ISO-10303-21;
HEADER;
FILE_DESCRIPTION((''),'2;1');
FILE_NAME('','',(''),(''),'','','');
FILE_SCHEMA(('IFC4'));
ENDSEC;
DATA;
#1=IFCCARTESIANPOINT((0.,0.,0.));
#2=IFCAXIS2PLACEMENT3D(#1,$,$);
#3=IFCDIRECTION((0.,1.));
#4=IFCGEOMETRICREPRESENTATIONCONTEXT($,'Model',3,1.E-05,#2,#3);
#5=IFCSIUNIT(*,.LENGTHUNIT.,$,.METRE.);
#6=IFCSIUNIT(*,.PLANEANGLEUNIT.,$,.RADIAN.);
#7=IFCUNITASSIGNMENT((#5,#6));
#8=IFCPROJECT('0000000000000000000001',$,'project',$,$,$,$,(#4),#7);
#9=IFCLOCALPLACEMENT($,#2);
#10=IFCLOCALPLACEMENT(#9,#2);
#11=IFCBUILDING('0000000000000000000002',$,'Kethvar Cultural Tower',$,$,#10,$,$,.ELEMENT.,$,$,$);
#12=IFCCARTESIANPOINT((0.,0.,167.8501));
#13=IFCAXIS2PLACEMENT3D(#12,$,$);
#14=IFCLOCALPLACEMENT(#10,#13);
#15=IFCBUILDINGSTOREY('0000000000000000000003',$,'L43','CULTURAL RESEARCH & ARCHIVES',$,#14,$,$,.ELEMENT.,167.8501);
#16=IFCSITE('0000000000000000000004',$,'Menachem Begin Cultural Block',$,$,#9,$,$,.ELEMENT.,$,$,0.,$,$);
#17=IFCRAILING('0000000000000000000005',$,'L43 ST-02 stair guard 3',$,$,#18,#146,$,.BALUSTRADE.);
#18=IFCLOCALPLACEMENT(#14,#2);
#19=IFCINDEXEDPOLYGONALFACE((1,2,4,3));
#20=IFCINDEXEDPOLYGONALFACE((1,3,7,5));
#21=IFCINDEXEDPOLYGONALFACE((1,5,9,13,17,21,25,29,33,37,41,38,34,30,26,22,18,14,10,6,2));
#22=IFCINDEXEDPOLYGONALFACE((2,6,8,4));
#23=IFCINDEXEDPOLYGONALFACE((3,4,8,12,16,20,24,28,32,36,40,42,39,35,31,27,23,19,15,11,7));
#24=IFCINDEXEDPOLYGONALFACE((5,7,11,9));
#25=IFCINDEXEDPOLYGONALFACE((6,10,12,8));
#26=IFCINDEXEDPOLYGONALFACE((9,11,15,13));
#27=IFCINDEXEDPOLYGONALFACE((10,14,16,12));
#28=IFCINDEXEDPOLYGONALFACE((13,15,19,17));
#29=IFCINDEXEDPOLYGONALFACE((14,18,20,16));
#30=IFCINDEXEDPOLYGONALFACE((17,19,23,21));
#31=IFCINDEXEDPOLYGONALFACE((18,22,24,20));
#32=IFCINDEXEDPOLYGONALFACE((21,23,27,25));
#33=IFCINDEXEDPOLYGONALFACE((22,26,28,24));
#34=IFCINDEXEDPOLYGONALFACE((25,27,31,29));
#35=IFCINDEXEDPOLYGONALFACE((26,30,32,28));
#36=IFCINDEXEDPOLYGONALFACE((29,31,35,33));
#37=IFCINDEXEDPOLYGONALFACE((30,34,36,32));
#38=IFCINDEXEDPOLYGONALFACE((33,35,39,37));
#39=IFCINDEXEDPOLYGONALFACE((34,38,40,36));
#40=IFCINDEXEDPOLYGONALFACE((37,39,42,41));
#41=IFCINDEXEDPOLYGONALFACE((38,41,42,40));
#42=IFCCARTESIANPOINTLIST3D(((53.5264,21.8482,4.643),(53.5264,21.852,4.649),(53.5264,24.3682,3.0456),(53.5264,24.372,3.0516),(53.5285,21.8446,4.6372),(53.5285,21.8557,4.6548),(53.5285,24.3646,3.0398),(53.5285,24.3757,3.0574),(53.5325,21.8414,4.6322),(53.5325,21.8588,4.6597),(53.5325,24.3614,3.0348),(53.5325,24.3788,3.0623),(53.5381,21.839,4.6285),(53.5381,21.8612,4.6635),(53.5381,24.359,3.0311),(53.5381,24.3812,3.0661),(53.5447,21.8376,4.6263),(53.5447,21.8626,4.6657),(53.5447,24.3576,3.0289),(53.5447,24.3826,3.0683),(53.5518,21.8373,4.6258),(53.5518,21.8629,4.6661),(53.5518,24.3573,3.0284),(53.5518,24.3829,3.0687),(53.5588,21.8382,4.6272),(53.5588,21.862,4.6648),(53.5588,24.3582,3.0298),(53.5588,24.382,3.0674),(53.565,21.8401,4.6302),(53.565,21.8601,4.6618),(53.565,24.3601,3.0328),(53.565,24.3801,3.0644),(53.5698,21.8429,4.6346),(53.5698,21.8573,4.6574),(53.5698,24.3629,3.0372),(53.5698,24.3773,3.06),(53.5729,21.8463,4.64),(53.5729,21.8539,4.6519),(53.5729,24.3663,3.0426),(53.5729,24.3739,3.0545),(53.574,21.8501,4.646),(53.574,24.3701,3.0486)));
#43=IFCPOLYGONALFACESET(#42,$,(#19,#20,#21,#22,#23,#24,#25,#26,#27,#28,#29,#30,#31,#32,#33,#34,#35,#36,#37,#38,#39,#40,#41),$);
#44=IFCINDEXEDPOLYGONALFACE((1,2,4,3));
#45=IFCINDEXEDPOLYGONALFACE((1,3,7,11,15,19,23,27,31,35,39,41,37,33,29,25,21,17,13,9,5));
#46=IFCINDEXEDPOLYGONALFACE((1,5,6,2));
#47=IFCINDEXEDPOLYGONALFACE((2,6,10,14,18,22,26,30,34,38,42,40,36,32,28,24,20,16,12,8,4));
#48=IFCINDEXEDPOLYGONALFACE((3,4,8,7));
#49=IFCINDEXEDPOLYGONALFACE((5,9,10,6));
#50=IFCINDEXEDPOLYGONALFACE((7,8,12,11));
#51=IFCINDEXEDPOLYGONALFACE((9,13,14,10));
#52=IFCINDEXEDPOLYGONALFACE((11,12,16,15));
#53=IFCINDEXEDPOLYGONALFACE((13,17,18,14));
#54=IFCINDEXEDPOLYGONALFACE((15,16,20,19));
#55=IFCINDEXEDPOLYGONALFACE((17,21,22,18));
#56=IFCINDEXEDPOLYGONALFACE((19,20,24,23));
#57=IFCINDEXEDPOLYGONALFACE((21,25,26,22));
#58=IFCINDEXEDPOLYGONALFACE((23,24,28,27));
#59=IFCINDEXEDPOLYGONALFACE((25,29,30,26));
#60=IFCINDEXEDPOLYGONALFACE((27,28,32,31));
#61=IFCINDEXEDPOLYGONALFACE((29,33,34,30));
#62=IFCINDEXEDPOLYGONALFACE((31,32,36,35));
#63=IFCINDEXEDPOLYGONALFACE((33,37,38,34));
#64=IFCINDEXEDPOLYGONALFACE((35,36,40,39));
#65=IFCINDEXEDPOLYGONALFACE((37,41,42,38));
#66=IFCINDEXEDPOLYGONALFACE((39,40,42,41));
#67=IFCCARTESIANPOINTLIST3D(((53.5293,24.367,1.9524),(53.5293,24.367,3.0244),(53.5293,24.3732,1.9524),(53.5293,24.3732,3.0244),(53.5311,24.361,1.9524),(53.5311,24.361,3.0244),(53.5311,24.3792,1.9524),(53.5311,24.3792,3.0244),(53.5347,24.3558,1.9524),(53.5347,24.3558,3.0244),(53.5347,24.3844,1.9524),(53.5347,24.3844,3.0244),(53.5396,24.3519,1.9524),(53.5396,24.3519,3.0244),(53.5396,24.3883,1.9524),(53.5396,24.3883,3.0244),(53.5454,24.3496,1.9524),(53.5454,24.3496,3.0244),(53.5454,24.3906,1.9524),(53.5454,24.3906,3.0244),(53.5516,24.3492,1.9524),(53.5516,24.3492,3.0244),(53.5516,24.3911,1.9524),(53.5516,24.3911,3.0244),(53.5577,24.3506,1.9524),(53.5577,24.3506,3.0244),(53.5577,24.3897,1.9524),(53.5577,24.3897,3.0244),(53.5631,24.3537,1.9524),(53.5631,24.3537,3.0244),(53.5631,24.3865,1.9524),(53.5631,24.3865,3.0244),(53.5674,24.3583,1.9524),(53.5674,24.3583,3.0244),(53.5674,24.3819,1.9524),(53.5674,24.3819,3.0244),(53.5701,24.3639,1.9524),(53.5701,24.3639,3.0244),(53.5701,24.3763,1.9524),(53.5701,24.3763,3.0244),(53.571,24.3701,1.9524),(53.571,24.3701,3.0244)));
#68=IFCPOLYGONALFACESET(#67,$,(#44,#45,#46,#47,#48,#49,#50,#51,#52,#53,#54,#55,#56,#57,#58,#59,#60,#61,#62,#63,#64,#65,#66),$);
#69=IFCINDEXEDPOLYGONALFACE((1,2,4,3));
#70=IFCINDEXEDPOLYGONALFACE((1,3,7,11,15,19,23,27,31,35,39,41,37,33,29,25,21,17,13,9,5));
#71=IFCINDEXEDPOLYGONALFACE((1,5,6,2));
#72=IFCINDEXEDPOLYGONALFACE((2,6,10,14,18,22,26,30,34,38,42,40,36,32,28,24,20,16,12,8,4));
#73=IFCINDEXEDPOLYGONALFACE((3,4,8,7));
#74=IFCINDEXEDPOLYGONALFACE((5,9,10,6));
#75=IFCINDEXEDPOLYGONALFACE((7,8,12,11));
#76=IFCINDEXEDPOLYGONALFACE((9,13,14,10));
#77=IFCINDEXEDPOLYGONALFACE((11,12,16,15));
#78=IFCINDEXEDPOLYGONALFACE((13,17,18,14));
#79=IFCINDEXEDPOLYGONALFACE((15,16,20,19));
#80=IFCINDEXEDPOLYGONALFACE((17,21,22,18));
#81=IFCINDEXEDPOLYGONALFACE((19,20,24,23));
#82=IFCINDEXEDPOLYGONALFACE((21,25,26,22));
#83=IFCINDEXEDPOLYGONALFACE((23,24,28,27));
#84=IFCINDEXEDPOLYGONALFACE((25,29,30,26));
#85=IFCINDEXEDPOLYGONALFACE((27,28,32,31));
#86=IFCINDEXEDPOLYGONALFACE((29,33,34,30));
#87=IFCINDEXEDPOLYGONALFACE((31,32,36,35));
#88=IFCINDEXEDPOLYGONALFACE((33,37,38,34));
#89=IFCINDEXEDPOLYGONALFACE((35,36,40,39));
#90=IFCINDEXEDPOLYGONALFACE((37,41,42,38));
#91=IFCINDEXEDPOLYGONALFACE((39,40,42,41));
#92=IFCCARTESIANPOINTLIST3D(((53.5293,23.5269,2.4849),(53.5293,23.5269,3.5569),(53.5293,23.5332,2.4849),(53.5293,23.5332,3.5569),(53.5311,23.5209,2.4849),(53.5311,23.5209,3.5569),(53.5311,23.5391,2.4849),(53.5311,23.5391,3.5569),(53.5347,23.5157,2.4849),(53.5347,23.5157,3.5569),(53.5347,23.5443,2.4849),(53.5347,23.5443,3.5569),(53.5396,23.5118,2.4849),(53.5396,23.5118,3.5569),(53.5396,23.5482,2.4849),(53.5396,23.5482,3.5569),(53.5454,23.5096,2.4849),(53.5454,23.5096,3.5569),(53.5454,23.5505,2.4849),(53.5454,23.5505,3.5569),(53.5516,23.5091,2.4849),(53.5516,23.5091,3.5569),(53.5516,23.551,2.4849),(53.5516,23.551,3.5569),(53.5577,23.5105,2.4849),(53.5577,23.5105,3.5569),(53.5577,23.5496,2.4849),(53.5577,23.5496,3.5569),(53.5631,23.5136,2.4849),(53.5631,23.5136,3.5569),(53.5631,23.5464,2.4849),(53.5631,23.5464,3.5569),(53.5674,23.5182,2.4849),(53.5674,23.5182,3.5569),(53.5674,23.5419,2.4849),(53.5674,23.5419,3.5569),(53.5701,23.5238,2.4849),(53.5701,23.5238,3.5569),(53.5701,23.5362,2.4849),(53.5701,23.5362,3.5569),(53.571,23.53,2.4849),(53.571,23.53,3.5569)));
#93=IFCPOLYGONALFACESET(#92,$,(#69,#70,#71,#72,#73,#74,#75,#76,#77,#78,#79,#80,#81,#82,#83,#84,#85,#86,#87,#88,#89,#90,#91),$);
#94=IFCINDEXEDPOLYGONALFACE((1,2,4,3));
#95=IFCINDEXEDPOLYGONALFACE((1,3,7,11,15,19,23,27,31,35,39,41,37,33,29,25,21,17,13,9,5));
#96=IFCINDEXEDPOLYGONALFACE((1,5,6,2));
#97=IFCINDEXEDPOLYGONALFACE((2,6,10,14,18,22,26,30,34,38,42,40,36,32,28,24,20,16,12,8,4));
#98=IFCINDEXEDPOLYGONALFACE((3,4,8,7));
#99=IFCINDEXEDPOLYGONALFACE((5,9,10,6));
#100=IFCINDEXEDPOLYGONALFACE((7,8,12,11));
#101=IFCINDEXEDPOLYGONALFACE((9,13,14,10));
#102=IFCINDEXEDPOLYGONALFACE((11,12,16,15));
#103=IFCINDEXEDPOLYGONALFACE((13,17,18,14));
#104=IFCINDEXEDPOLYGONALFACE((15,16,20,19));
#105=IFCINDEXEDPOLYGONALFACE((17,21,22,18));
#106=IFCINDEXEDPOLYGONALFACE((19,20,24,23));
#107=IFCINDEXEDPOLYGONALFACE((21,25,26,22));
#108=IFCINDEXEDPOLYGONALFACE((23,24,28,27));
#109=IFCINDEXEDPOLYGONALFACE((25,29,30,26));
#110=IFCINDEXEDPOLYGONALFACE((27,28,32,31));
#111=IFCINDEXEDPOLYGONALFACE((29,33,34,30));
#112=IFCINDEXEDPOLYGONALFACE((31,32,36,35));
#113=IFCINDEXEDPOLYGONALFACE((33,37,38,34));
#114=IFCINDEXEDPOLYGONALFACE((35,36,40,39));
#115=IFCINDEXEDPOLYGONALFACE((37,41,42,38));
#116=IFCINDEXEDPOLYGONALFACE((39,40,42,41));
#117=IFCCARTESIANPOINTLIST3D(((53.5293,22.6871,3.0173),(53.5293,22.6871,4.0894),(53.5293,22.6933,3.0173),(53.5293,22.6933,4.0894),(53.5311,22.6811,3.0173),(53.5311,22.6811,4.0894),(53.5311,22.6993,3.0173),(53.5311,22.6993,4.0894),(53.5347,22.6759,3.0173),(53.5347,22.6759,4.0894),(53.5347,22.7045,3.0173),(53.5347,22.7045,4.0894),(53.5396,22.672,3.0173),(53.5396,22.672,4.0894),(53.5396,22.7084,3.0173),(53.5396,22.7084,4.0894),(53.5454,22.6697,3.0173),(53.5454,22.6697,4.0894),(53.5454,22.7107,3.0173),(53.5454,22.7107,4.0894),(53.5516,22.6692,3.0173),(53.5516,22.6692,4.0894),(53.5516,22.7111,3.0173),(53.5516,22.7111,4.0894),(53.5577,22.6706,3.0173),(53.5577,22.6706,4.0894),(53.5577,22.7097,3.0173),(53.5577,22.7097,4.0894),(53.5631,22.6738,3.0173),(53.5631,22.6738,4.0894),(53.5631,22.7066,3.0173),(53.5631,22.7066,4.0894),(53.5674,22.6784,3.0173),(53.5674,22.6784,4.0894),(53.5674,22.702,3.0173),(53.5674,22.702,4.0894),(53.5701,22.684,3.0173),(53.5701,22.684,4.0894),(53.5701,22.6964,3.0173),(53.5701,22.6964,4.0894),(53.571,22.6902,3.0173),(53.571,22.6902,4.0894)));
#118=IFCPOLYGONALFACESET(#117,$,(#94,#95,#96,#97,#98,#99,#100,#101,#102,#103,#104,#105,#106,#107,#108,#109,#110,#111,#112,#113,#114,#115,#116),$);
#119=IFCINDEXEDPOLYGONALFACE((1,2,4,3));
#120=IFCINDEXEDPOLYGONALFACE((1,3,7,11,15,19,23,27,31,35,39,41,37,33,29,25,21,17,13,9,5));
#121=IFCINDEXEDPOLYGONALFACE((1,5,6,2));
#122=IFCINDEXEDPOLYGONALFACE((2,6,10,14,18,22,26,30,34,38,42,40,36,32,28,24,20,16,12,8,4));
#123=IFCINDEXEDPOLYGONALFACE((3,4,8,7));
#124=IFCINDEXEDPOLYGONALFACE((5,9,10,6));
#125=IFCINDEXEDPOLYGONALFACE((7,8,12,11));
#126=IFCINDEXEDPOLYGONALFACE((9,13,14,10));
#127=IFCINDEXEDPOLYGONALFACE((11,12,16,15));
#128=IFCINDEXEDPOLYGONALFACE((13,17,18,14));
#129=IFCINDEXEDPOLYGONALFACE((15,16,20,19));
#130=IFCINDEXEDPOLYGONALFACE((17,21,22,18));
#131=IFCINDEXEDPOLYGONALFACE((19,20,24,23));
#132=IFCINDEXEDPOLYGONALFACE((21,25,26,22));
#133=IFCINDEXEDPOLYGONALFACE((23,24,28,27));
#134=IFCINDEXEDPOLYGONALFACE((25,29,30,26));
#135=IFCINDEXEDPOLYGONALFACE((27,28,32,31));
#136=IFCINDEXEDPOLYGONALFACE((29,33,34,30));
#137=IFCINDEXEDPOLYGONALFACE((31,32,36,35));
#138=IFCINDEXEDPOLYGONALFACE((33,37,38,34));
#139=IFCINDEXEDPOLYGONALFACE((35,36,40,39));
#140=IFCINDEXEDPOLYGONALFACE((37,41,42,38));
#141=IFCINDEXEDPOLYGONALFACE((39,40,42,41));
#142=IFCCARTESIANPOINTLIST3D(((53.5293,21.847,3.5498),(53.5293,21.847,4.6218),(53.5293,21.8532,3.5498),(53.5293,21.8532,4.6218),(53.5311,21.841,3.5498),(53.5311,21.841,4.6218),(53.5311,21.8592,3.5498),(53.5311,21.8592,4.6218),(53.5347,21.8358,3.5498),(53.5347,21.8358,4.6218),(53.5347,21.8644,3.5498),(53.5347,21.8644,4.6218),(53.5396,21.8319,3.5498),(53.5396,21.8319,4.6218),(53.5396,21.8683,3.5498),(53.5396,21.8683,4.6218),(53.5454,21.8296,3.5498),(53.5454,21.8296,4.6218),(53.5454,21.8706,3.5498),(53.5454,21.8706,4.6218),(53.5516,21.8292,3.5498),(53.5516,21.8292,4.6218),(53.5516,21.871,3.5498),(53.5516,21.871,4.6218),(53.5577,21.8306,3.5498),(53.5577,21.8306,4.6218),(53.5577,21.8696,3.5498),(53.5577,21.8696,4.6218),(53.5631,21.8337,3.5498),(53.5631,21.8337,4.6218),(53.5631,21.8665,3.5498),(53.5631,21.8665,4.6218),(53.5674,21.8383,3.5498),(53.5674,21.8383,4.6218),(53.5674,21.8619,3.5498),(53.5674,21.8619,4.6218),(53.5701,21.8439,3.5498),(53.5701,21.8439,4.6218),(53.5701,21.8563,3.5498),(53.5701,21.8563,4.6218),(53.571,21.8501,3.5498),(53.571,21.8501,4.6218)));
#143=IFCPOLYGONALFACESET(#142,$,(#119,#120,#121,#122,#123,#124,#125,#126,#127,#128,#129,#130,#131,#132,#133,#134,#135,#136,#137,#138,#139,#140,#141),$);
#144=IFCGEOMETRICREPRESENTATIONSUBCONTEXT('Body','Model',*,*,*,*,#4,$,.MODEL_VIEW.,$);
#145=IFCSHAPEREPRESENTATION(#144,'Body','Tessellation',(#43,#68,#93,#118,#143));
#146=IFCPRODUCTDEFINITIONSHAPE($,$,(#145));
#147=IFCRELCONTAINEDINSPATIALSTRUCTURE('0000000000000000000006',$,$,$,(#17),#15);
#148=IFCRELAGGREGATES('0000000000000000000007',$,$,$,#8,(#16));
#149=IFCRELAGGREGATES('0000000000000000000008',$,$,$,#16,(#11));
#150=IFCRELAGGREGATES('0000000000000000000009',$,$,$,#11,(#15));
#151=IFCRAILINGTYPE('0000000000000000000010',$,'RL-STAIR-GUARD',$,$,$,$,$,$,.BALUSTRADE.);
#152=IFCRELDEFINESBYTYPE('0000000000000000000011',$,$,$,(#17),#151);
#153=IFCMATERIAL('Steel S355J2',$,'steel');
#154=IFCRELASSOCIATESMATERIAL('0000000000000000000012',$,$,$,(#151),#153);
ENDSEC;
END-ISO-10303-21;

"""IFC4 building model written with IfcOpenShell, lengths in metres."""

from ifc_helpers import new_model, si_unit, direction, frame, origin, origin_2d, place, context, subcontext, project, spatial, circle, extrude, material, type_object, element, save


model = new_model("IFC4")

# Units and contexts
model_context = context("Model", 3, precision=1e-05, world=origin(), true_north=direction((0.0, 1.0)))
body_context = subcontext(model_context, "Body", "Model", "MODEL_VIEW")
ifc_project = project(units=[si_unit("LENGTHUNIT", "METRE"), si_unit("PLANEANGLEUNIT", "RADIAN")], contexts=[model_context])

# Site, building, storey
site_placement = place(None, origin())
site = spatial("IfcSite", under=ifc_project, at=site_placement, Name="Menachem Begin Cultural Block", CompositionType="ELEMENT", RefElevation=0.0)
building_placement = place(site_placement, origin())
building = spatial("IfcBuilding", under=site, at=building_placement, Name="Kethvar Cultural Tower", CompositionType="ELEMENT")
storey_placement = place(building_placement, frame((0.0, 0.0, 167.8501)))
storey = spatial("IfcBuildingStorey", under=building, at=storey_placement, Name="L43", Description="CULTURAL RESEARCH & ARCHIVES", CompositionType="ELEMENT", Elevation=167.8501)

# Shared definitions
ifc_material_1 = material(Name="Steel S355J2", Category="steel")

# Railing
railing_type_1 = type_object("IfcRailingType", Name="RL-STAIR-GUARD", PredefinedType="BALUSTRADE", material=ifc_material_1)
railing_1_placement = place(storey_placement, frame((53.55, 24.3701, 1.9524)))
element("IfcRailing", 1, at=railing_1_placement, inside=storey, type_object=railing_type_1, Name="L43 ST-02 stair guard 3", PredefinedType="BALUSTRADE", context=body_context, shape_type="SweptSolid", body=[
    extrude(circle(Radius=0.0239, at=origin_2d()), frame((0.0, 0.0, 1.0962), z_axis=(0.0, -0.844607, 0.535387), x_axis=(1.0, 0.0, 0.0)), (0.0, 0.0, 1.0), 2.9836),
    extrude(circle(Radius=0.021, at=origin_2d()), origin(), (0.0, 0.0, 1.0), 1.072),
    extrude(circle(Radius=0.021, at=origin_2d()), frame((0.0, -0.8401, 0.5325)), (0.0, 0.0, 1.0), 1.072),
    extrude(circle(Radius=0.021, at=origin_2d()), frame((0.0, -1.6799, 1.0649)), (0.0, 0.0, 1.0), 1.072),
    extrude(circle(Radius=0.021, at=origin_2d()), frame((0.0, -2.52, 1.5974)), (0.0, 0.0, 1.0), 1.072),
])

save(model, "model.ifc")
